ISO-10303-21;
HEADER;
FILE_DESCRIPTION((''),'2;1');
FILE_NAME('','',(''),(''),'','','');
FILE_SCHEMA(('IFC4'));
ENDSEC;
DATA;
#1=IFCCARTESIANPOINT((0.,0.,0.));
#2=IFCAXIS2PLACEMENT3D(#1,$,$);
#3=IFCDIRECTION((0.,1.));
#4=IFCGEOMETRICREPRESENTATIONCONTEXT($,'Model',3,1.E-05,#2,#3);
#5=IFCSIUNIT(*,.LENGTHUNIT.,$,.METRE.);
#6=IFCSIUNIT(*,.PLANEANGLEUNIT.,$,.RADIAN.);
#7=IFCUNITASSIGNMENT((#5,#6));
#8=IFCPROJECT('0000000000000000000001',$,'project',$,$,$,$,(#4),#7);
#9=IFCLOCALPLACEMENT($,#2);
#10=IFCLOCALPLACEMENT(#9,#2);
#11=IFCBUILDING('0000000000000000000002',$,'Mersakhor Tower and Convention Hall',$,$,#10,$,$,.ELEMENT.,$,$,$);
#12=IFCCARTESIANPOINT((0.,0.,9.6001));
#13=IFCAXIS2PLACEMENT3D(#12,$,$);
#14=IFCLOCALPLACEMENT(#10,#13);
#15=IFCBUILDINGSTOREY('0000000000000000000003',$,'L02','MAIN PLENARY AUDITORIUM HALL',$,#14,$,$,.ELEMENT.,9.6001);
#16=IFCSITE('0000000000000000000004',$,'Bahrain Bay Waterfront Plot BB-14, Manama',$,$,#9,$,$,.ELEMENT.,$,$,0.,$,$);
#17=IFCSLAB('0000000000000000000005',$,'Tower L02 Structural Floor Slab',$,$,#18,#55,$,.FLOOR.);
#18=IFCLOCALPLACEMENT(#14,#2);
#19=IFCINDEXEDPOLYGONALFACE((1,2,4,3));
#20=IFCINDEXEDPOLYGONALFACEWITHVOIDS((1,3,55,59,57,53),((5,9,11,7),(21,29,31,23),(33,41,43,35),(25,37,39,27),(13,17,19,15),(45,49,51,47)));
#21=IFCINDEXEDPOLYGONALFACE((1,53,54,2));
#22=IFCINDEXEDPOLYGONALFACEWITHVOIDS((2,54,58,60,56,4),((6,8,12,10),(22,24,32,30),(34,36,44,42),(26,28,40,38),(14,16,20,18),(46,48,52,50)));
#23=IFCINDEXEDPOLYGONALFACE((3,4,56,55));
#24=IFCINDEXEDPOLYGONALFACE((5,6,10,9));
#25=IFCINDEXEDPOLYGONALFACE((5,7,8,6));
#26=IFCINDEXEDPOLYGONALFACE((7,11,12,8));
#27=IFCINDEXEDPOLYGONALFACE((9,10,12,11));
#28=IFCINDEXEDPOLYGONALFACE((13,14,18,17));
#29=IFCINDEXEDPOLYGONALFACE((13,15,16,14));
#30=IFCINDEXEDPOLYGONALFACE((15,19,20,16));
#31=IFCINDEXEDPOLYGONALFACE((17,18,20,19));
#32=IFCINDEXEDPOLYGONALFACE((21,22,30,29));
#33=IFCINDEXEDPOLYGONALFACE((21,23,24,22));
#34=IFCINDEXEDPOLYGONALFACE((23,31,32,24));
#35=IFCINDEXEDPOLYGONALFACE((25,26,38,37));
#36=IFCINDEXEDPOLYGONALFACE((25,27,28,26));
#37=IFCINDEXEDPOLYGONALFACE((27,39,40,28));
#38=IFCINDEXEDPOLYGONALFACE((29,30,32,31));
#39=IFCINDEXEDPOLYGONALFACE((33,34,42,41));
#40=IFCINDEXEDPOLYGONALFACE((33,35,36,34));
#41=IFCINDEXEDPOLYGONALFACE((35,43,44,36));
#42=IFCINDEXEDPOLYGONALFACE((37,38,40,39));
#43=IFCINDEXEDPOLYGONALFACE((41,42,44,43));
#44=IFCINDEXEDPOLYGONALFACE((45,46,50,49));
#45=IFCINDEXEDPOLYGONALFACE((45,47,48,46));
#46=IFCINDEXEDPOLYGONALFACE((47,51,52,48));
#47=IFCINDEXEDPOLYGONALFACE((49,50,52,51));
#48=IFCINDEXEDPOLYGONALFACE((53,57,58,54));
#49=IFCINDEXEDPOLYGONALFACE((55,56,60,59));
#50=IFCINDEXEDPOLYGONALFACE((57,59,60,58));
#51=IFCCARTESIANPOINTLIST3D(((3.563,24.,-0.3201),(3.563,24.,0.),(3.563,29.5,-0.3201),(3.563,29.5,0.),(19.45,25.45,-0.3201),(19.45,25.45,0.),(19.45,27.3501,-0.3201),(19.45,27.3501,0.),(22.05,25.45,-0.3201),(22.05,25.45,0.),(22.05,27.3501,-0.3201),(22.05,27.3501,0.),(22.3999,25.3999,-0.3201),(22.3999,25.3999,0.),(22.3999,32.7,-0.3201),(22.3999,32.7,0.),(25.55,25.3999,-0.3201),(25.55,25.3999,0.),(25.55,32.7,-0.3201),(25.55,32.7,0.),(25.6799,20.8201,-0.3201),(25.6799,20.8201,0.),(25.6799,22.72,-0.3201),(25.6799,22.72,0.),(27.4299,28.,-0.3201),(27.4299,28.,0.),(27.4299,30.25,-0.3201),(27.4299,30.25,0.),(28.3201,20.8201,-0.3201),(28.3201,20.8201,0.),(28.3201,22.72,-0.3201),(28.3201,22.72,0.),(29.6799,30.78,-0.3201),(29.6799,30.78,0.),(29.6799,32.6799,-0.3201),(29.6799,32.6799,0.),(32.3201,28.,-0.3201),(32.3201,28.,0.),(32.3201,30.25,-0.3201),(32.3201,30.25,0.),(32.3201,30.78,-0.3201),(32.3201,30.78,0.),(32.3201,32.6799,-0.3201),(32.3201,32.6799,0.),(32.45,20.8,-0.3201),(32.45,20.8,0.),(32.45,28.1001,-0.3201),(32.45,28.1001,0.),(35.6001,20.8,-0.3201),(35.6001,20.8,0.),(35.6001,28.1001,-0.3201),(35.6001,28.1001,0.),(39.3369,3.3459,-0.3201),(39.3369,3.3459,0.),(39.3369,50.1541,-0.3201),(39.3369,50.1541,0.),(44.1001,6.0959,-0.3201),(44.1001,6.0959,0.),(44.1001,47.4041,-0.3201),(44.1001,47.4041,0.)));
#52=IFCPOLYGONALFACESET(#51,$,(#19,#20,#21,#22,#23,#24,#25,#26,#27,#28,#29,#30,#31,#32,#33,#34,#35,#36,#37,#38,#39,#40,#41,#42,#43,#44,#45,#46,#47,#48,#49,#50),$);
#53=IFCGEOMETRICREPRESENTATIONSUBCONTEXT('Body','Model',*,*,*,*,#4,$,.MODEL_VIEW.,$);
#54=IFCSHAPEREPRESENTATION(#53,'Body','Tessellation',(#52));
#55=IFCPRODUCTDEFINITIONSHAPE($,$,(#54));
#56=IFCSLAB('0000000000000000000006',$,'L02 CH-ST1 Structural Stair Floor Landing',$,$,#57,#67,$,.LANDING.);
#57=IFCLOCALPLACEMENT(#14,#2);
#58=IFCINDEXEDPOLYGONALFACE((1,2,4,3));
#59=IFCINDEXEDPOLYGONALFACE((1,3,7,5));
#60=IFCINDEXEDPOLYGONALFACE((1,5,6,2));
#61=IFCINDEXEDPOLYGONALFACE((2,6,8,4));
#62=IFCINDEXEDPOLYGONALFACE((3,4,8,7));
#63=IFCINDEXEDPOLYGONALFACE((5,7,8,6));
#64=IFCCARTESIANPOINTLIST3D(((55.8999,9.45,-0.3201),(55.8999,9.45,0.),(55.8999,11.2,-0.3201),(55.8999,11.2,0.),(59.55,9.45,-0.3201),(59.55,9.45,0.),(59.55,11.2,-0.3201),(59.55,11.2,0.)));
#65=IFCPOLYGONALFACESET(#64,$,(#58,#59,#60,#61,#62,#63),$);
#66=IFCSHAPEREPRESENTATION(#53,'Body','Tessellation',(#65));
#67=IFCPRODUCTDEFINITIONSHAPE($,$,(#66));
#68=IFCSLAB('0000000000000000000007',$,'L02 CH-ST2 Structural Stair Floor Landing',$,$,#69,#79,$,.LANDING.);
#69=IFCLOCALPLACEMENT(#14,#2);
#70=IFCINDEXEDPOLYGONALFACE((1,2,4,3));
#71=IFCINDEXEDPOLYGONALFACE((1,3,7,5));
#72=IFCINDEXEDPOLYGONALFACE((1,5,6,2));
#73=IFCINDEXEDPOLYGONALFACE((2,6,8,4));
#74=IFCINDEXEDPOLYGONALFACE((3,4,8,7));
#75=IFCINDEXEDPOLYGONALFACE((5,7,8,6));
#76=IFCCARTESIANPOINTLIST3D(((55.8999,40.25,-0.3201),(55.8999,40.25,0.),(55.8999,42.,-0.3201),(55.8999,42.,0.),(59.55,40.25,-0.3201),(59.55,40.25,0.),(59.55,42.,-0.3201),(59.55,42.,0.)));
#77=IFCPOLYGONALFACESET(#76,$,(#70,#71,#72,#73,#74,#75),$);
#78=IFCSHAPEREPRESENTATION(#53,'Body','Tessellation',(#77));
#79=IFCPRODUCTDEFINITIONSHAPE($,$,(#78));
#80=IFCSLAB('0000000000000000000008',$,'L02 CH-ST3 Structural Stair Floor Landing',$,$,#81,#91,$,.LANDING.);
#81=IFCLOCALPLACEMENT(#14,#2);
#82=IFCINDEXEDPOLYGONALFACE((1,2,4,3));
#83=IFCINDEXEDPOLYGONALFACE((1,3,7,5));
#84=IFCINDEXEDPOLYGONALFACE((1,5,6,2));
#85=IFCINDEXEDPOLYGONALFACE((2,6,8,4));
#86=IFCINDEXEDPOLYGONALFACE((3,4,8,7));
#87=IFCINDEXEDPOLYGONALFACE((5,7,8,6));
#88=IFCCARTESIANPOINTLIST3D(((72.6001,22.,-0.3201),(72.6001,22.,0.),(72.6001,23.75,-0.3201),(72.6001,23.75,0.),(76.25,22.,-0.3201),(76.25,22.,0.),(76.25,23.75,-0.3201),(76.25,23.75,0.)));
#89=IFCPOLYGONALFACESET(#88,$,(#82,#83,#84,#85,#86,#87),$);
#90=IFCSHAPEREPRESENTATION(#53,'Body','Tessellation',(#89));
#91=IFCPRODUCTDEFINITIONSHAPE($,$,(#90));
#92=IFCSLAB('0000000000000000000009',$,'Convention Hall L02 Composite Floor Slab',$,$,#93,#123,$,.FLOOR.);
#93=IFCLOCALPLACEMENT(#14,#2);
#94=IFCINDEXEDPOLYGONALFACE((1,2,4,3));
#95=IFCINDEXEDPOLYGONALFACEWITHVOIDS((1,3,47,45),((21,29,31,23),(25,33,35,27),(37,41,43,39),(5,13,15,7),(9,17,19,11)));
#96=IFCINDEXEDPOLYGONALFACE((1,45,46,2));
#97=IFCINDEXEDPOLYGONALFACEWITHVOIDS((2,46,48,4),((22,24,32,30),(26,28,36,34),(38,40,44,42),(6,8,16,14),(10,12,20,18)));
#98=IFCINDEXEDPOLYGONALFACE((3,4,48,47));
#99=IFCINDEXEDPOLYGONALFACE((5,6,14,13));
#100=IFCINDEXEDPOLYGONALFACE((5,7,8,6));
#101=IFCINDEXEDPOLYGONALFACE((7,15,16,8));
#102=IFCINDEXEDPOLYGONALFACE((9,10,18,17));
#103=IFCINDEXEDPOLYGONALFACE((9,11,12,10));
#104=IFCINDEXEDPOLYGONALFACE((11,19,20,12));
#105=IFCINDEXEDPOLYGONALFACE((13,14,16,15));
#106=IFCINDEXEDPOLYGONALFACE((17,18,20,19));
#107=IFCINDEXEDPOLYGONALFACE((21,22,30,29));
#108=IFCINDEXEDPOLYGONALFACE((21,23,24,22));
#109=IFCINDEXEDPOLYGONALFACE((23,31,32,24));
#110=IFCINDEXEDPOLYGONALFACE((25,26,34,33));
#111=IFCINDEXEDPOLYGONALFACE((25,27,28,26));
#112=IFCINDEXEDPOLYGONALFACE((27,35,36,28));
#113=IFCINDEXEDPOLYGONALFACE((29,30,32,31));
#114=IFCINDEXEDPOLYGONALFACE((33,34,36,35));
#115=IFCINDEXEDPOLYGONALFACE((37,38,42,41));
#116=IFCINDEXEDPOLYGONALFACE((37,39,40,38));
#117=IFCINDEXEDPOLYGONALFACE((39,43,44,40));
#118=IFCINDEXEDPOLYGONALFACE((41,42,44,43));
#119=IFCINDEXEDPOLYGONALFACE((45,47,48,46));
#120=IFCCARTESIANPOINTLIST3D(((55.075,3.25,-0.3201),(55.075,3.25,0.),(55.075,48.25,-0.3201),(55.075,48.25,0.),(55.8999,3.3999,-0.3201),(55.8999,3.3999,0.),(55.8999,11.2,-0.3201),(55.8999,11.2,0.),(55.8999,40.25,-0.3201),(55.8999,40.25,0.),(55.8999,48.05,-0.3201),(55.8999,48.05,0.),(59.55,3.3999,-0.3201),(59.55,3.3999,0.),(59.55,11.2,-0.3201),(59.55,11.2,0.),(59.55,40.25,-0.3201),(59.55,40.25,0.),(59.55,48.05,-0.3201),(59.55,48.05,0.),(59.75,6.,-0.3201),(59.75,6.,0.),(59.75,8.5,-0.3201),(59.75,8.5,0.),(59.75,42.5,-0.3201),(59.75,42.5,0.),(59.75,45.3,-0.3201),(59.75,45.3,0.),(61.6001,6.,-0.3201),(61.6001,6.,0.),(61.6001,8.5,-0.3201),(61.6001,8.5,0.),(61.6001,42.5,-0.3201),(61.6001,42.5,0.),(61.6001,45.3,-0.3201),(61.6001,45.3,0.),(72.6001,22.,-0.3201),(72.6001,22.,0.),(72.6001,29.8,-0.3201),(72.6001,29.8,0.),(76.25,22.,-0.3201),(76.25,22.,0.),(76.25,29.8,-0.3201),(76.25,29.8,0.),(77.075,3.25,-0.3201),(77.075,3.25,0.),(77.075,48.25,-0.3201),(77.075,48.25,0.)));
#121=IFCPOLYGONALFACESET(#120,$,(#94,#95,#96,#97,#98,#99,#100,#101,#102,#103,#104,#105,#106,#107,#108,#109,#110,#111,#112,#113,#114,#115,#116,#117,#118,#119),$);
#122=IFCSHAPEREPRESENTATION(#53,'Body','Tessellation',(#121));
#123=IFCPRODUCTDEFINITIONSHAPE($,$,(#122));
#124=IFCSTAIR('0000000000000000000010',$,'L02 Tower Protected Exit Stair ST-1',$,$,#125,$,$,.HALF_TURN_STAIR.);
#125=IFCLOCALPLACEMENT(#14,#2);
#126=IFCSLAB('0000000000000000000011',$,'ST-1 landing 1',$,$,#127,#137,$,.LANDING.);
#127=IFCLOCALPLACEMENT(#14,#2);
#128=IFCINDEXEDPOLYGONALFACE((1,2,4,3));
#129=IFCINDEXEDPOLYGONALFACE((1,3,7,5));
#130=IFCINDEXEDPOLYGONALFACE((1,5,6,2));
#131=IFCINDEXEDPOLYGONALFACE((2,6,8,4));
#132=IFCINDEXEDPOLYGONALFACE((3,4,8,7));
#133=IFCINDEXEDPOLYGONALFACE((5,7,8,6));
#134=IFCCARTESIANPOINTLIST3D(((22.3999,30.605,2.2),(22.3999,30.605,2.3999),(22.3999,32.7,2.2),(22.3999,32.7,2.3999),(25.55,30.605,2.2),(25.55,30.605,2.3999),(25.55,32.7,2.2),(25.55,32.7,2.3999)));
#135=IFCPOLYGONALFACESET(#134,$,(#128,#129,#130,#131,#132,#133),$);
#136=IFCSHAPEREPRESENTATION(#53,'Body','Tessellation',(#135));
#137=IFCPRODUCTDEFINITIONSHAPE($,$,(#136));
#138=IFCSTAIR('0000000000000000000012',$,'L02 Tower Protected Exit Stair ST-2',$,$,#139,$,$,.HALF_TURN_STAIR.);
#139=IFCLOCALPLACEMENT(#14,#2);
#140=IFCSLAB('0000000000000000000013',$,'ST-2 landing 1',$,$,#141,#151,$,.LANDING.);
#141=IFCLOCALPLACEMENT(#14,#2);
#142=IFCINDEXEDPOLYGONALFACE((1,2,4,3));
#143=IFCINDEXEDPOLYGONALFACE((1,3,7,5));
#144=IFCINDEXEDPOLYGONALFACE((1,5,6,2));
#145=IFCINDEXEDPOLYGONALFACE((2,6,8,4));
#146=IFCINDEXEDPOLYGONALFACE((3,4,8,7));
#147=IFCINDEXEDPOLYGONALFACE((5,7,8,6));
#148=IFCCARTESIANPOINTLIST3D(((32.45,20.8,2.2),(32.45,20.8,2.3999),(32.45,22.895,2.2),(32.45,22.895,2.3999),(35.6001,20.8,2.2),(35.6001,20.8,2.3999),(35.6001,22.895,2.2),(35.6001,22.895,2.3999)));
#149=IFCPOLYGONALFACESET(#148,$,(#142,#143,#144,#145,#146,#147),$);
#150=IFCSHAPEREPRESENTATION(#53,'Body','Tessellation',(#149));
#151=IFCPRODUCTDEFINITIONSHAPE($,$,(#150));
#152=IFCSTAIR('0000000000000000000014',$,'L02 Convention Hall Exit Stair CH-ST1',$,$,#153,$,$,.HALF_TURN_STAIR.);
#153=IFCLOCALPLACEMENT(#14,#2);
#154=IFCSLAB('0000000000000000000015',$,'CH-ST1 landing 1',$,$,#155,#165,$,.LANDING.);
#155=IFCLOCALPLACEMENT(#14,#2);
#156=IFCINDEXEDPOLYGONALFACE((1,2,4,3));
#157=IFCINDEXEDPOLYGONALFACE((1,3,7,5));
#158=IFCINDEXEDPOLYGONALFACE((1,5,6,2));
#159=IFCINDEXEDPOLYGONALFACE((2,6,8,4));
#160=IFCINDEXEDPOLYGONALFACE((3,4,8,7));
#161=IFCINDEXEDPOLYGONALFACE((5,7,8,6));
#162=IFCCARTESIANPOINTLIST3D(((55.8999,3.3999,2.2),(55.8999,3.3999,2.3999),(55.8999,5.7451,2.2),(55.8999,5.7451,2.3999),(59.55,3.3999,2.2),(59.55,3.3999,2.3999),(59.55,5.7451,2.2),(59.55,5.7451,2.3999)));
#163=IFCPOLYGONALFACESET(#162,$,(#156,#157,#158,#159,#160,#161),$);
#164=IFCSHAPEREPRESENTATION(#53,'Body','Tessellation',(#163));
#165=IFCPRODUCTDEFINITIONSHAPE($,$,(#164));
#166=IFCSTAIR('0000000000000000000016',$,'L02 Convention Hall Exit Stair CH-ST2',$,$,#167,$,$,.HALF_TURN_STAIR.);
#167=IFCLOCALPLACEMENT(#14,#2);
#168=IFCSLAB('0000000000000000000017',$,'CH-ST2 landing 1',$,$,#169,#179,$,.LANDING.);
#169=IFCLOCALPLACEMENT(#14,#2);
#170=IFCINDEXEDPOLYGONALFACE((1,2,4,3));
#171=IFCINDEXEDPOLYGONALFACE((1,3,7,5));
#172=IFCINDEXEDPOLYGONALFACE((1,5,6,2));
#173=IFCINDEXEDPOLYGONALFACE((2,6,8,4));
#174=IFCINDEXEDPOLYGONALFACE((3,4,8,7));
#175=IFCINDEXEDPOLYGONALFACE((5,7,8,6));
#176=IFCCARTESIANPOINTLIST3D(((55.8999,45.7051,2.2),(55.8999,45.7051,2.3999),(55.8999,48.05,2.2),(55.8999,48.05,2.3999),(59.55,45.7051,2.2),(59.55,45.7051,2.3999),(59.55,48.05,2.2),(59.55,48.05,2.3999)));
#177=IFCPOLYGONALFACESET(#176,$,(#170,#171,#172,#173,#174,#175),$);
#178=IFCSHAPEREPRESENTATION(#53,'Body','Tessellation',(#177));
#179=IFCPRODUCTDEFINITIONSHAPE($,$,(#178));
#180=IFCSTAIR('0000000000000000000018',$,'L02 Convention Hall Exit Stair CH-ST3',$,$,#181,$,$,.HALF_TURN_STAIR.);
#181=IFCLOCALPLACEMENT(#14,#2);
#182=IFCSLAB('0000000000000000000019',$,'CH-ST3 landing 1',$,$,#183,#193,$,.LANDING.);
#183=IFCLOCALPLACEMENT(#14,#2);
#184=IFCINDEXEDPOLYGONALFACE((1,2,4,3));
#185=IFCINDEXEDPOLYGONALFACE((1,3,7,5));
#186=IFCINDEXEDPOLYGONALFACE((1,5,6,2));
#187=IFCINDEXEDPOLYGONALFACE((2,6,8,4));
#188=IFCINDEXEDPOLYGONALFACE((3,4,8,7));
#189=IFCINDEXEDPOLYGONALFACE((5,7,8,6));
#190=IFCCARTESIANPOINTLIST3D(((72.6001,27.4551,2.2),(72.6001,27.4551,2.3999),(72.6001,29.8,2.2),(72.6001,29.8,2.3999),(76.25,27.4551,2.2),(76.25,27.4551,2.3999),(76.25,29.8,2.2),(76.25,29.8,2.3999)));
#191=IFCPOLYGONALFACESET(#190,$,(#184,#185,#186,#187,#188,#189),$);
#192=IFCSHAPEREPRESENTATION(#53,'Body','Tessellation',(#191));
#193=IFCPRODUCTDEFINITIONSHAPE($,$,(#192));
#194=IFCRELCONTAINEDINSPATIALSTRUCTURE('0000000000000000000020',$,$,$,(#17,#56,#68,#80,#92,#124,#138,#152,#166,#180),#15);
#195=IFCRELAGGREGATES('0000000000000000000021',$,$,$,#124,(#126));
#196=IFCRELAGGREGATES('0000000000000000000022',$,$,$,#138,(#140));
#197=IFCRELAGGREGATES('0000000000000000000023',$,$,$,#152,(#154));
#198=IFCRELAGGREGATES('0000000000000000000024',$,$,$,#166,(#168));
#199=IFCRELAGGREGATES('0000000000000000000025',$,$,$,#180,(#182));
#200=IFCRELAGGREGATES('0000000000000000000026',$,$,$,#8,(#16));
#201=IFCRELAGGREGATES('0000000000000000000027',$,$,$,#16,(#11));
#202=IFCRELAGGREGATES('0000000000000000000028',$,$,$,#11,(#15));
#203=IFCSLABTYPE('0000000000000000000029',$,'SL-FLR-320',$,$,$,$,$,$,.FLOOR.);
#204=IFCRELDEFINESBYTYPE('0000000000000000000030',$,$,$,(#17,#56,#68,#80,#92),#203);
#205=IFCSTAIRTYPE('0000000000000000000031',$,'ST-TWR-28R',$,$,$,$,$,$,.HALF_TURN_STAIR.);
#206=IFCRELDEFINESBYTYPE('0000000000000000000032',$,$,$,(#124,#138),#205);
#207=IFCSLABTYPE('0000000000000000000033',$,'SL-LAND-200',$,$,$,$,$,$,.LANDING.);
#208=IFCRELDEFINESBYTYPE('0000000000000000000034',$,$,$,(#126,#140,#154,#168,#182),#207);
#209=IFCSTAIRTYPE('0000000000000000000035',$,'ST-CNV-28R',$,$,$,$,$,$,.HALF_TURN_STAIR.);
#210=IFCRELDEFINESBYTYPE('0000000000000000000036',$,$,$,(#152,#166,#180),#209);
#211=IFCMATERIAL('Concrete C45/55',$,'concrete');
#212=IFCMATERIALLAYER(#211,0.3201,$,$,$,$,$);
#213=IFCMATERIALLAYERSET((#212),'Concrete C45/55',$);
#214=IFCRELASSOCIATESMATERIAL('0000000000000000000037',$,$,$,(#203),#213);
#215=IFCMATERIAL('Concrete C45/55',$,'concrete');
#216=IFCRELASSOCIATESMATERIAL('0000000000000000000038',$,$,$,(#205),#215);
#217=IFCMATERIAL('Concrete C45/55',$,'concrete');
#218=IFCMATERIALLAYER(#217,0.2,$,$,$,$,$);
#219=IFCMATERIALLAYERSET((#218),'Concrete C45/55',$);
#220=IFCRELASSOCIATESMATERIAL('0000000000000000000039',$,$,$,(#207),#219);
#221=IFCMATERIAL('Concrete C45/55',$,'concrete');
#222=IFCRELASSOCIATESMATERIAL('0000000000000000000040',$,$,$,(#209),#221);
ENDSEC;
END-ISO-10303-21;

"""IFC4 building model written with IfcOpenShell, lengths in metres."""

from ifc_helpers import new_model, si_unit, direction, frame, origin, place, context, subcontext, project, spatial, polyline, outline, extrude, material, layer, layer_set, type_object, element, aggregate, save


model = new_model("IFC4")

# Units and contexts
model_context = context("Model", 3, precision=1e-05, world=origin(), true_north=direction((0.0, 1.0)))
body_context = subcontext(model_context, "Body", "Model", "MODEL_VIEW")
ifc_project = project(units=[si_unit("LENGTHUNIT", "METRE"), si_unit("PLANEANGLEUNIT", "RADIAN")], contexts=[model_context])

# Site, building, storey
site_placement = place(None, origin())
site = spatial("IfcSite", under=ifc_project, at=site_placement, Name="Bahrain Bay Waterfront Plot BB-14, Manama", CompositionType="ELEMENT", RefElevation=0.0)
building_placement = place(site_placement, origin())
building = spatial("IfcBuilding", under=site, at=building_placement, Name="Mersakhor Tower and Convention Hall", CompositionType="ELEMENT")
storey_placement = place(building_placement, frame((0.0, 0.0, 9.6001)))
storey = spatial("IfcBuildingStorey", under=building, at=storey_placement, Name="L02", Description="MAIN PLENARY AUDITORIUM HALL", CompositionType="ELEMENT", Elevation=9.6001)

# Slabs
ifc_material_1 = material(Name="Concrete C45/55", Category="concrete")
ifc_layer_1 = layer(ifc_material_1, 0.3201)
ifc_layer_set_1 = layer_set([ifc_layer_1], Name="Concrete C45/55")
slab_type_1 = type_object("IfcSlabType", Name="SL-FLR-320", PredefinedType="FLOOR", material=ifc_layer_set_1)
slab_1_placement = place(storey_placement, frame((0.0, 0.0, -0.3201)))
element("IfcSlab", 1, at=slab_1_placement, inside=storey, type_object=slab_type_1, Name="Tower L02 Structural Floor Slab", PredefinedType="FLOOR", context=body_context, shape_type="SweptSolid", body=[
    extrude(outline(polyline([(3.563, 29.5), (39.3369, 50.1541), (44.1001, 47.4041), (44.1001, 6.0959), (39.3369, 3.3459), (3.563, 24.0), (3.563, 29.5)]), holes=[polyline([(25.55, 25.3999), (25.55, 32.7), (22.3999, 32.7), (22.3999, 25.3999), (25.55, 25.3999)]), polyline([(32.45, 28.1001), (32.45, 20.8), (35.6001, 20.8), (35.6001, 28.1001), (32.45, 28.1001)]), polyline([(25.6799, 20.8201), (25.6799, 22.72), (28.3201, 22.72), (28.3201, 20.8201), (25.6799, 20.8201)]), polyline([(29.6799, 30.78), (29.6799, 32.6799), (32.3201, 32.6799), (32.3201, 30.78), (29.6799, 30.78)]), polyline([(27.4299, 28.0), (27.4299, 30.25), (32.3201, 30.25), (32.3201, 28.0), (27.4299, 28.0)]), polyline([(19.45, 25.45), (19.45, 27.3501), (22.05, 27.3501), (22.05, 25.45), (19.45, 25.45)])]), origin(), (0.0, 0.0, 1.0), 0.3201),
])
slab_2_placement = place(storey_placement, frame((0.0, 0.0, -0.3201)))
element("IfcSlab", 2, at=slab_2_placement, inside=storey, type_object=slab_type_1, Name="L02 CH-ST1 Structural Stair Floor Landing", PredefinedType="LANDING", context=body_context, shape_type="SweptSolid", body=[
    extrude(outline(polyline([(55.8999, 11.2), (55.8999, 9.45), (59.55, 9.45), (59.55, 11.2), (55.8999, 11.2)])), origin(), (0.0, 0.0, 1.0), 0.3201),
])
slab_3_placement = place(storey_placement, frame((0.0, 0.0, -0.3201)))
element("IfcSlab", 3, at=slab_3_placement, inside=storey, type_object=slab_type_1, Name="L02 CH-ST2 Structural Stair Floor Landing", PredefinedType="LANDING", context=body_context, shape_type="SweptSolid", body=[
    extrude(outline(polyline([(59.55, 40.25), (59.55, 42.0), (55.8999, 42.0), (55.8999, 40.25), (59.55, 40.25)])), origin(), (0.0, 0.0, 1.0), 0.3201),
])
slab_4_placement = place(storey_placement, frame((0.0, 0.0, -0.3201)))
element("IfcSlab", 4, at=slab_4_placement, inside=storey, type_object=slab_type_1, Name="L02 CH-ST3 Structural Stair Floor Landing", PredefinedType="LANDING", context=body_context, shape_type="SweptSolid", body=[
    extrude(outline(polyline([(76.25, 22.0), (76.25, 23.75), (72.6001, 23.75), (72.6001, 22.0), (76.25, 22.0)])), origin(), (0.0, 0.0, 1.0), 0.3201),
])
slab_5_placement = place(storey_placement, frame((0.0, 0.0, -0.3201)))
element("IfcSlab", 5, at=slab_5_placement, inside=storey, type_object=slab_type_1, Name="Convention Hall L02 Composite Floor Slab", PredefinedType="FLOOR", context=body_context, shape_type="SweptSolid", body=[
    extrude(outline(polyline([(55.075, 3.25), (55.075, 48.25), (77.075, 48.25), (77.075, 3.25), (55.075, 3.25)]), holes=[polyline([(55.8999, 11.2), (55.8999, 3.3999), (59.55, 3.3999), (59.55, 11.2), (55.8999, 11.2)]), polyline([(59.55, 40.25), (59.55, 48.05), (55.8999, 48.05), (55.8999, 40.25), (59.55, 40.25)]), polyline([(76.25, 22.0), (76.25, 29.8), (72.6001, 29.8), (72.6001, 22.0), (76.25, 22.0)]), polyline([(59.75, 6.0), (59.75, 8.5), (61.6001, 8.5), (61.6001, 6.0), (59.75, 6.0)]), polyline([(59.75, 42.5), (59.75, 45.3), (61.6001, 45.3), (61.6001, 42.5), (59.75, 42.5)])]), origin(), (0.0, 0.0, 1.0), 0.3201),
])

# Stairs, slabs
ifc_material_2 = material(Name="Concrete C45/55", Category="concrete")
stair_type_1 = type_object("IfcStairType", Name="ST-TWR-28R", PredefinedType="HALF_TURN_STAIR", material=ifc_material_2)
stair_1_placement = place(storey_placement, origin())
stair_1 = element("IfcStair", 6, at=stair_1_placement, inside=storey, type_object=stair_type_1, Name="L02 Tower Protected Exit Stair ST-1", PredefinedType="HALF_TURN_STAIR")
ifc_material_3 = material(Name="Concrete C45/55", Category="concrete")
ifc_layer_2 = layer(ifc_material_3, 0.2)
ifc_layer_set_2 = layer_set([ifc_layer_2], Name="Concrete C45/55")
slab_type_2 = type_object("IfcSlabType", Name="SL-LAND-200", PredefinedType="LANDING", material=ifc_layer_set_2)
slab_6_placement = place(storey_placement, frame((0.0, 0.0, 2.2)))
slab_6 = element("IfcSlab", 7, at=slab_6_placement, type_object=slab_type_2, Name="ST-1 landing 1", PredefinedType="LANDING", context=body_context, shape_type="SweptSolid", body=[
    extrude(outline(polyline([(25.55, 30.605), (25.55, 32.7), (22.3999, 32.7), (22.3999, 30.605), (25.55, 30.605)])), origin(), (0.0, 0.0, 1.0), 0.2),
])
aggregate(stair_1, [slab_6])
stair_2_placement = place(storey_placement, origin())
stair_2 = element("IfcStair", 8, at=stair_2_placement, inside=storey, type_object=stair_type_1, Name="L02 Tower Protected Exit Stair ST-2", PredefinedType="HALF_TURN_STAIR")
slab_7_placement = place(storey_placement, frame((0.0, 0.0, 2.2)))
slab_7 = element("IfcSlab", 9, at=slab_7_placement, type_object=slab_type_2, Name="ST-2 landing 1", PredefinedType="LANDING", context=body_context, shape_type="SweptSolid", body=[
    extrude(outline(polyline([(32.45, 22.895), (32.45, 20.8), (35.6001, 20.8), (35.6001, 22.895), (32.45, 22.895)])), origin(), (0.0, 0.0, 1.0), 0.2),
])
aggregate(stair_2, [slab_7])
ifc_material_4 = material(Name="Concrete C45/55", Category="concrete")
stair_type_2 = type_object("IfcStairType", Name="ST-CNV-28R", PredefinedType="HALF_TURN_STAIR", material=ifc_material_4)
stair_3_placement = place(storey_placement, origin())
stair_3 = element("IfcStair", 10, at=stair_3_placement, inside=storey, type_object=stair_type_2, Name="L02 Convention Hall Exit Stair CH-ST1", PredefinedType="HALF_TURN_STAIR")
slab_8_placement = place(storey_placement, frame((0.0, 0.0, 2.2)))
slab_8 = element("IfcSlab", 11, at=slab_8_placement, type_object=slab_type_2, Name="CH-ST1 landing 1", PredefinedType="LANDING", context=body_context, shape_type="SweptSolid", body=[
    extrude(outline(polyline([(55.8999, 5.7451), (55.8999, 3.3999), (59.55, 3.3999), (59.55, 5.7451), (55.8999, 5.7451)])), origin(), (0.0, 0.0, 1.0), 0.2),
])
aggregate(stair_3, [slab_8])
stair_4_placement = place(storey_placement, origin())
stair_4 = element("IfcStair", 12, at=stair_4_placement, inside=storey, type_object=stair_type_2, Name="L02 Convention Hall Exit Stair CH-ST2", PredefinedType="HALF_TURN_STAIR")
slab_9_placement = place(storey_placement, frame((0.0, 0.0, 2.2)))
slab_9 = element("IfcSlab", 13, at=slab_9_placement, type_object=slab_type_2, Name="CH-ST2 landing 1", PredefinedType="LANDING", context=body_context, shape_type="SweptSolid", body=[
    extrude(outline(polyline([(59.55, 45.7051), (59.55, 48.05), (55.8999, 48.05), (55.8999, 45.7051), (59.55, 45.7051)])), origin(), (0.0, 0.0, 1.0), 0.2),
])
aggregate(stair_4, [slab_9])
stair_5_placement = place(storey_placement, origin())
stair_5 = element("IfcStair", 14, at=stair_5_placement, inside=storey, type_object=stair_type_2, Name="L02 Convention Hall Exit Stair CH-ST3", PredefinedType="HALF_TURN_STAIR")
slab_10_placement = place(storey_placement, frame((0.0, 0.0, 2.2)))
slab_10 = element("IfcSlab", 15, at=slab_10_placement, type_object=slab_type_2, Name="CH-ST3 landing 1", PredefinedType="LANDING", context=body_context, shape_type="SweptSolid", body=[
    extrude(outline(polyline([(76.25, 27.4551), (76.25, 29.8), (72.6001, 29.8), (72.6001, 27.4551), (76.25, 27.4551)])), origin(), (0.0, 0.0, 1.0), 0.2),
])
aggregate(stair_5, [slab_10])

save(model, "model.ifc")
